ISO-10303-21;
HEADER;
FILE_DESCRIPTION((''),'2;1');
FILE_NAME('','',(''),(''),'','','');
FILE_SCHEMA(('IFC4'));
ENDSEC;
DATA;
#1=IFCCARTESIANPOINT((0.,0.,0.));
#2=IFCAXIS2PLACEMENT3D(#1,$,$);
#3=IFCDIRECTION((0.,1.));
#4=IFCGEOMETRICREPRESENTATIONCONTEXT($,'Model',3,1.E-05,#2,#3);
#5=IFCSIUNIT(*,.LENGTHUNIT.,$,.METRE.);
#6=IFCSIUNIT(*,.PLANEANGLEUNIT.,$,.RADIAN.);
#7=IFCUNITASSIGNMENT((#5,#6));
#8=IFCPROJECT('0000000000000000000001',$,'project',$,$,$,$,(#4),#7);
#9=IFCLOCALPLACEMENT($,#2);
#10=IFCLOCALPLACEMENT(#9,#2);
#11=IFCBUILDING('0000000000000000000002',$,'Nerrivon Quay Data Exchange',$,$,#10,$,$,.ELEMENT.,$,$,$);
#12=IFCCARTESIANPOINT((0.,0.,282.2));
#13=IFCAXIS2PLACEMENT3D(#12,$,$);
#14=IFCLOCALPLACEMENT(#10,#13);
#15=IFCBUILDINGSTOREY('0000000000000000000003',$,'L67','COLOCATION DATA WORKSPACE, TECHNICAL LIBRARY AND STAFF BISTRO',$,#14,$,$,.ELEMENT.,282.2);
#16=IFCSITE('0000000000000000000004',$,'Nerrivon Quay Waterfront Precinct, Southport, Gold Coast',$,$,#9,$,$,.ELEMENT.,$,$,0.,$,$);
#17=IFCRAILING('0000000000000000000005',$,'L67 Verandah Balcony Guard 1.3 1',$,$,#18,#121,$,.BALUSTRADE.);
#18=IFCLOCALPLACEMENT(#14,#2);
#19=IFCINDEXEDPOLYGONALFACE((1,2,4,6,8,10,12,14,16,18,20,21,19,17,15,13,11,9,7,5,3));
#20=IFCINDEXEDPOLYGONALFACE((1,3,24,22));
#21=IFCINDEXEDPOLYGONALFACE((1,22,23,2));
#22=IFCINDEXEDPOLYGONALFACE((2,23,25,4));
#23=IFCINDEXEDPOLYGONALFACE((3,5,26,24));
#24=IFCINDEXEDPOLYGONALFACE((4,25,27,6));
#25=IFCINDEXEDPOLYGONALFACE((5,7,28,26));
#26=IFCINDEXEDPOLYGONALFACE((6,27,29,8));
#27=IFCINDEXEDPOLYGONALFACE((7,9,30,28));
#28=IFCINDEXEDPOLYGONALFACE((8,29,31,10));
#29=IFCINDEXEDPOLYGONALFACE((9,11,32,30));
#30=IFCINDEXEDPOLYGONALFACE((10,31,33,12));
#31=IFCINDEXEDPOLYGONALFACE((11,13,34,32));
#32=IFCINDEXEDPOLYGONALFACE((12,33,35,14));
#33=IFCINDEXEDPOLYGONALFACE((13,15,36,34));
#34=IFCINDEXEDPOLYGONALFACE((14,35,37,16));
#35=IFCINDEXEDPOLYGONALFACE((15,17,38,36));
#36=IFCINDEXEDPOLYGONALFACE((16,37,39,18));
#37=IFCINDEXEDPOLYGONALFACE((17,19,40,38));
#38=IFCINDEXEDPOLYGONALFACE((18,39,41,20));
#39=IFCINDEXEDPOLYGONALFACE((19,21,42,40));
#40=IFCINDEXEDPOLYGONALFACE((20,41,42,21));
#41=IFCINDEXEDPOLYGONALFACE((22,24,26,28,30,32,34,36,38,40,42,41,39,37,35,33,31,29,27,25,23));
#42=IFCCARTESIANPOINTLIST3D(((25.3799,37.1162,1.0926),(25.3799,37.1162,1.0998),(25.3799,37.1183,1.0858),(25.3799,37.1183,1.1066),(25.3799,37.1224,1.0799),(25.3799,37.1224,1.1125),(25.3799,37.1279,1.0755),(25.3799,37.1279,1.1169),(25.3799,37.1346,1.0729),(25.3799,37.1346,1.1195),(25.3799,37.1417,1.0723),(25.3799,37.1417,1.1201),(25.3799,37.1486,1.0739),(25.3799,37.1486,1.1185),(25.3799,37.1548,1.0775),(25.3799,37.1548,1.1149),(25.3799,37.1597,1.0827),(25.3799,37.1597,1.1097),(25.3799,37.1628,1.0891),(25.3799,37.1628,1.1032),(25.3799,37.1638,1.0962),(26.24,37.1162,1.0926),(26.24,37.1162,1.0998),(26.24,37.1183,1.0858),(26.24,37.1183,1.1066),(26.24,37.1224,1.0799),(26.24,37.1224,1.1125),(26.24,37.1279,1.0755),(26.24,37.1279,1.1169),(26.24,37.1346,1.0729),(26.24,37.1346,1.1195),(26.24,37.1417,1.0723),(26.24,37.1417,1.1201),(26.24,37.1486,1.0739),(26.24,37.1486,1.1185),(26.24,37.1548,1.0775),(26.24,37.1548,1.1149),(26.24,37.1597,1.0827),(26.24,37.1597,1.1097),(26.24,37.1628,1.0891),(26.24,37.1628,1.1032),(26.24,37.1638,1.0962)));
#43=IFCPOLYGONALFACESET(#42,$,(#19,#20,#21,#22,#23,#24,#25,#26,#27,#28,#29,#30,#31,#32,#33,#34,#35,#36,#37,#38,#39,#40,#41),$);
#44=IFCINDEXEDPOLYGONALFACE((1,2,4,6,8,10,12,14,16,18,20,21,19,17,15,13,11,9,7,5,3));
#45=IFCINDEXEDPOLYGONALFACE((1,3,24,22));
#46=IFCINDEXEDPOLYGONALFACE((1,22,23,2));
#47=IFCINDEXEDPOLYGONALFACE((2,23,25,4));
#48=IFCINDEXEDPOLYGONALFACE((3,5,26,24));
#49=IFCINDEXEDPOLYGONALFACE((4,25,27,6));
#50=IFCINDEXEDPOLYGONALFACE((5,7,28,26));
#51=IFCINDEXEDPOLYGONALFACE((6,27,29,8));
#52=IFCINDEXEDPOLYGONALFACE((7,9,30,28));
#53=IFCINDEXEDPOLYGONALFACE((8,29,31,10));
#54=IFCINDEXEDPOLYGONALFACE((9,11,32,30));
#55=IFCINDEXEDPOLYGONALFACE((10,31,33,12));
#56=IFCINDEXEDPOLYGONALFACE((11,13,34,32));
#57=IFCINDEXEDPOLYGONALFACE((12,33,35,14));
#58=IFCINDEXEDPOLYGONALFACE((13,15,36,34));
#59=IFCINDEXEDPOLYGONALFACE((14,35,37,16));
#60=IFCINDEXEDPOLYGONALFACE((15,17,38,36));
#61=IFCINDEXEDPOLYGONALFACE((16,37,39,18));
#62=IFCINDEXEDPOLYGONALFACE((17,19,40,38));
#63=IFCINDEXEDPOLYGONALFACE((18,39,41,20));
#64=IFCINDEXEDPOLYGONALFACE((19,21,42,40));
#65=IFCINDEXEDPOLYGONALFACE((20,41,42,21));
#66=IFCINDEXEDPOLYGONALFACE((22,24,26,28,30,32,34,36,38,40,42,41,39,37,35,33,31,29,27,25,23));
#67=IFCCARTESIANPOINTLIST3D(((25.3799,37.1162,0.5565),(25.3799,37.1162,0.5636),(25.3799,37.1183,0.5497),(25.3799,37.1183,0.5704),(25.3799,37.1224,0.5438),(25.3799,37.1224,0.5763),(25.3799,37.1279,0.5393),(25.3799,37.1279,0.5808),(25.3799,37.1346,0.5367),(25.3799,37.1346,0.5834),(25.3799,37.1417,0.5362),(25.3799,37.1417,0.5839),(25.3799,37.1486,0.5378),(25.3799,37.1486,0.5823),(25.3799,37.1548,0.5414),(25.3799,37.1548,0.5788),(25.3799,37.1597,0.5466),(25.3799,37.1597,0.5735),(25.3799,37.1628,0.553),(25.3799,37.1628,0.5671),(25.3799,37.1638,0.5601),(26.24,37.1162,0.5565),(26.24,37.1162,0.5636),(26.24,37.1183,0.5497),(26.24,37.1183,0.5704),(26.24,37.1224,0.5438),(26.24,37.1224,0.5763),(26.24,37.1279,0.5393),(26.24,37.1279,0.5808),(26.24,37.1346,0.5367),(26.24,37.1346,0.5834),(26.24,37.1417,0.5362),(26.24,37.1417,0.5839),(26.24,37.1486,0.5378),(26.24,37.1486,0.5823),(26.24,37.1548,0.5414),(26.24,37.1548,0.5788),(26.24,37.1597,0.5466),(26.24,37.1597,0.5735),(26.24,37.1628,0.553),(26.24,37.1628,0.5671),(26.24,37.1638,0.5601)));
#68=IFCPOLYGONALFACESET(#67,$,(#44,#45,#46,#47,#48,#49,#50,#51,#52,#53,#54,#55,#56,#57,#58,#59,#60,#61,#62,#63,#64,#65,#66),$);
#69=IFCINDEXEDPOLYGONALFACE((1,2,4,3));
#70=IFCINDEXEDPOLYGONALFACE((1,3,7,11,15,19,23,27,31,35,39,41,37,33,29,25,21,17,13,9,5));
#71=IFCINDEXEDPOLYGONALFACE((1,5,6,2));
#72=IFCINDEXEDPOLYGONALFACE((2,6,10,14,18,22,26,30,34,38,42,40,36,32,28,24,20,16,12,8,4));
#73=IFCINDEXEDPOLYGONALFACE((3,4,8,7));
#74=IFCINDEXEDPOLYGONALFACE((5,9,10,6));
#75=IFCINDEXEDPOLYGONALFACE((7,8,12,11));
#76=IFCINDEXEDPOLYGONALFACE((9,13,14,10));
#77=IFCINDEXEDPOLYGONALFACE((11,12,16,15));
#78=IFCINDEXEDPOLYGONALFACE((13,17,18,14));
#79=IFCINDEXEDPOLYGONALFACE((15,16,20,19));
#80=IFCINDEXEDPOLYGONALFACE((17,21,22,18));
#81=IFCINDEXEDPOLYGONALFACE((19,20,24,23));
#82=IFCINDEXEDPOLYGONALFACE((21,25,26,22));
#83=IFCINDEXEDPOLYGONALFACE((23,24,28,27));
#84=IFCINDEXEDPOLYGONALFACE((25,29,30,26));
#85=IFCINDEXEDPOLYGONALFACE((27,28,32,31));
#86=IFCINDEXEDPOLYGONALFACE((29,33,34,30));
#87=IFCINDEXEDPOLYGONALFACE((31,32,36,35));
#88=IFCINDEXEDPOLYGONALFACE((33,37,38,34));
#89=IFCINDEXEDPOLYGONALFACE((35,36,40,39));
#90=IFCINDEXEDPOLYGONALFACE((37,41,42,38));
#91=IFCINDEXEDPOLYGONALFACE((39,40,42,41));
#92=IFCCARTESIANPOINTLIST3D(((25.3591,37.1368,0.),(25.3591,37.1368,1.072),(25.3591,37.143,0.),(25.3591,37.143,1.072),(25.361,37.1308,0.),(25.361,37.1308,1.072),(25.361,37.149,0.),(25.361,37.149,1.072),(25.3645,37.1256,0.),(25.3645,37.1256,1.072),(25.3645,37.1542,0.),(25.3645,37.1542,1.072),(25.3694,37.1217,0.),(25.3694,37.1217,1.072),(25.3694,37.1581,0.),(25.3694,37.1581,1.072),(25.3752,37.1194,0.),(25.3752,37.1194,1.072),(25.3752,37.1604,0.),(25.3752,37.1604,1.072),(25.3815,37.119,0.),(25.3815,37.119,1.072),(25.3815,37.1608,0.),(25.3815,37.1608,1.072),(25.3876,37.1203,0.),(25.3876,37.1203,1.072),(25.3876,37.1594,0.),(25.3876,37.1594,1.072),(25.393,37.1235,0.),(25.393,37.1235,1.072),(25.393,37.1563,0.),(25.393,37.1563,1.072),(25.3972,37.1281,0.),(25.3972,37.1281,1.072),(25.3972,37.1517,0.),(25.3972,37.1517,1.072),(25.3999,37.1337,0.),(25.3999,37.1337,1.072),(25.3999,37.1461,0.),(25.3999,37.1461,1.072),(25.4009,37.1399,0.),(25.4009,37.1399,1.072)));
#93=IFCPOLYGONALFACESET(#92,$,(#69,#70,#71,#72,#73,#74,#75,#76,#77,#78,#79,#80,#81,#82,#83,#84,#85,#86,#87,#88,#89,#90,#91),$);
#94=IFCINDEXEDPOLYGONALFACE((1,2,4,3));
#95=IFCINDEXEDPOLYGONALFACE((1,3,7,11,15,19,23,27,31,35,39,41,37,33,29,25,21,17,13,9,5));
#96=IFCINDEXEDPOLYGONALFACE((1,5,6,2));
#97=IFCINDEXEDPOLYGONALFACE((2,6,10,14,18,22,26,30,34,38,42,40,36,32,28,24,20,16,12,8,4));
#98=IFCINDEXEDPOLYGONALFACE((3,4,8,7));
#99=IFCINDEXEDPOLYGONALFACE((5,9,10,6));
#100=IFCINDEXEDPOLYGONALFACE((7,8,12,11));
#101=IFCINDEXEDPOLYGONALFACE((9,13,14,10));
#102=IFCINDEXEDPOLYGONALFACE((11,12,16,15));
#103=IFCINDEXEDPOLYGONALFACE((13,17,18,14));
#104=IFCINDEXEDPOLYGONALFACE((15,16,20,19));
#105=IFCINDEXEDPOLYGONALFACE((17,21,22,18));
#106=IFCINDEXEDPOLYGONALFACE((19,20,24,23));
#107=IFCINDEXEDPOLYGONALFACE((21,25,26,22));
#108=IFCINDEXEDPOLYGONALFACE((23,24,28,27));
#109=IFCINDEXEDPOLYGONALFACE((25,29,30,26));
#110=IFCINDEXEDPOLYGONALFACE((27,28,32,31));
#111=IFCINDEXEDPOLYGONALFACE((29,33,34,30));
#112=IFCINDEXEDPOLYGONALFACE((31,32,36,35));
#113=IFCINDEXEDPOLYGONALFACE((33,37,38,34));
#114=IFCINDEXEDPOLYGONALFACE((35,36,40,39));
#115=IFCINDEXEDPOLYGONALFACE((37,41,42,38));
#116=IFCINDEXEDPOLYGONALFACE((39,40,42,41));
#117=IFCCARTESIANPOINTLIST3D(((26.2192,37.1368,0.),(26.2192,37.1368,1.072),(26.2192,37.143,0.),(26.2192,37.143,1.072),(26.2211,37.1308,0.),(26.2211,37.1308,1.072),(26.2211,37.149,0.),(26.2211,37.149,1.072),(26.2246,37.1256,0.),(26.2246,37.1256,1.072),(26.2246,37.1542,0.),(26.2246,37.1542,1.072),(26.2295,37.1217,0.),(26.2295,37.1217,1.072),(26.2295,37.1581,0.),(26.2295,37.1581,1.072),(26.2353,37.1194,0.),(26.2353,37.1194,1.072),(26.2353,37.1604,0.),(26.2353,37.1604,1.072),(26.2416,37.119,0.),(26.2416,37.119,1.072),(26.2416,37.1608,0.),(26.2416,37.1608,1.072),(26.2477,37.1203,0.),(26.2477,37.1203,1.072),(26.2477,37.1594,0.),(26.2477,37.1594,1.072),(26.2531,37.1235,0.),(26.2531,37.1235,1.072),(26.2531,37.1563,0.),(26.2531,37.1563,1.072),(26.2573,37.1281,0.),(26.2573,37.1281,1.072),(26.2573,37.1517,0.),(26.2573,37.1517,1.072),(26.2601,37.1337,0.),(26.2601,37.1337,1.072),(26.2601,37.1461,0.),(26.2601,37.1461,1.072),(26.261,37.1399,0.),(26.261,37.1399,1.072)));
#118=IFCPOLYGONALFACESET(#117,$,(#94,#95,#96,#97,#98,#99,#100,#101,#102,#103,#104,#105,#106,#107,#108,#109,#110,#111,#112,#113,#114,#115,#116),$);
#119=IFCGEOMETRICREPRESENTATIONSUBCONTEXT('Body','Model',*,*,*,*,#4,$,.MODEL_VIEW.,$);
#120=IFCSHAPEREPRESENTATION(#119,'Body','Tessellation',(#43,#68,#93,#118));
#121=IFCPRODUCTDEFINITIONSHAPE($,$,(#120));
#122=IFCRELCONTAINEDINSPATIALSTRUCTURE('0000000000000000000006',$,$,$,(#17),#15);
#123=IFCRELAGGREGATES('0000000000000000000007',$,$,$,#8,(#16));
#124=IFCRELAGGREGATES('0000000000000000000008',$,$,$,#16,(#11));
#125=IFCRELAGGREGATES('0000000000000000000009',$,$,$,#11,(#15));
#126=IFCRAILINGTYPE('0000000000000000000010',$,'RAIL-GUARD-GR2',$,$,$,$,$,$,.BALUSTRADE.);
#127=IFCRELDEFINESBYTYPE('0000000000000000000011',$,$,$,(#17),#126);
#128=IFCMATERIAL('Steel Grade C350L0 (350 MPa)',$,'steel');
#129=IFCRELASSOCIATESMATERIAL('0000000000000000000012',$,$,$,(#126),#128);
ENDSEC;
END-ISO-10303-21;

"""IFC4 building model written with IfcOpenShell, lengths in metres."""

from ifc_helpers import new_model, si_unit, direction, frame, origin, origin_2d, place, context, subcontext, project, spatial, circle, extrude, material, type_object, element, save


model = new_model("IFC4")

# Units and contexts
model_context = context("Model", 3, precision=1e-05, world=origin(), true_north=direction((0.0, 1.0)))
body_context = subcontext(model_context, "Body", "Model", "MODEL_VIEW")
ifc_project = project(units=[si_unit("LENGTHUNIT", "METRE"), si_unit("PLANEANGLEUNIT", "RADIAN")], contexts=[model_context])

# Site, building, storey
site_placement = place(None, origin())
site = spatial("IfcSite", under=ifc_project, at=site_placement, Name="Nerrivon Quay Waterfront Precinct, Southport, Gold Coast", CompositionType="ELEMENT", RefElevation=0.0)
building_placement = place(site_placement, origin())
building = spatial("IfcBuilding", under=site, at=building_placement, Name="Nerrivon Quay Data Exchange", CompositionType="ELEMENT")
storey_placement = place(building_placement, frame((0.0, 0.0, 282.2)))
storey = spatial("IfcBuildingStorey", under=building, at=storey_placement, Name="L67", Description="COLOCATION DATA WORKSPACE, TECHNICAL LIBRARY AND STAFF BISTRO", CompositionType="ELEMENT", Elevation=282.2)

# Shared definitions
ifc_material_1 = material(Name="Steel Grade C350L0 (350 MPa)", Category="steel")

# Railing
railing_type = type_object("IfcRailingType", Name="RAIL-GUARD-GR2", PredefinedType="BALUSTRADE", material=ifc_material_1)
railing_1_placement = place(storey_placement, frame((25.3799, 37.1399, 0.0)))
element("IfcRailing", 1, at=railing_1_placement, inside=storey, type_object=railing_type, Name="L67 Verandah Balcony Guard 1.3 1", PredefinedType="BALUSTRADE", context=body_context, shape_type="SweptSolid", body=[
    extrude(circle(Radius=0.0239, at=origin_2d()), frame((0.0, 0.0, 1.0962), z_axis=(1.0, 0.0, 0.0), x_axis=(0.0, 1.0, 0.0)), (0.0, 0.0, 1.0), 0.8601),
    extrude(circle(Radius=0.0239, at=origin_2d()), frame((0.0, 0.0, 0.5601), z_axis=(1.0, 0.0, 0.0), x_axis=(0.0, 1.0, 0.0)), (0.0, 0.0, 1.0), 0.8601),
    extrude(circle(Radius=0.021, at=origin_2d()), origin(), (0.0, 0.0, 1.0), 1.072),
    extrude(circle(Radius=0.021, at=origin_2d()), frame((0.8601, 0.0, 0.0)), (0.0, 0.0, 1.0), 1.072),
])

save(model, "model.ifc")
